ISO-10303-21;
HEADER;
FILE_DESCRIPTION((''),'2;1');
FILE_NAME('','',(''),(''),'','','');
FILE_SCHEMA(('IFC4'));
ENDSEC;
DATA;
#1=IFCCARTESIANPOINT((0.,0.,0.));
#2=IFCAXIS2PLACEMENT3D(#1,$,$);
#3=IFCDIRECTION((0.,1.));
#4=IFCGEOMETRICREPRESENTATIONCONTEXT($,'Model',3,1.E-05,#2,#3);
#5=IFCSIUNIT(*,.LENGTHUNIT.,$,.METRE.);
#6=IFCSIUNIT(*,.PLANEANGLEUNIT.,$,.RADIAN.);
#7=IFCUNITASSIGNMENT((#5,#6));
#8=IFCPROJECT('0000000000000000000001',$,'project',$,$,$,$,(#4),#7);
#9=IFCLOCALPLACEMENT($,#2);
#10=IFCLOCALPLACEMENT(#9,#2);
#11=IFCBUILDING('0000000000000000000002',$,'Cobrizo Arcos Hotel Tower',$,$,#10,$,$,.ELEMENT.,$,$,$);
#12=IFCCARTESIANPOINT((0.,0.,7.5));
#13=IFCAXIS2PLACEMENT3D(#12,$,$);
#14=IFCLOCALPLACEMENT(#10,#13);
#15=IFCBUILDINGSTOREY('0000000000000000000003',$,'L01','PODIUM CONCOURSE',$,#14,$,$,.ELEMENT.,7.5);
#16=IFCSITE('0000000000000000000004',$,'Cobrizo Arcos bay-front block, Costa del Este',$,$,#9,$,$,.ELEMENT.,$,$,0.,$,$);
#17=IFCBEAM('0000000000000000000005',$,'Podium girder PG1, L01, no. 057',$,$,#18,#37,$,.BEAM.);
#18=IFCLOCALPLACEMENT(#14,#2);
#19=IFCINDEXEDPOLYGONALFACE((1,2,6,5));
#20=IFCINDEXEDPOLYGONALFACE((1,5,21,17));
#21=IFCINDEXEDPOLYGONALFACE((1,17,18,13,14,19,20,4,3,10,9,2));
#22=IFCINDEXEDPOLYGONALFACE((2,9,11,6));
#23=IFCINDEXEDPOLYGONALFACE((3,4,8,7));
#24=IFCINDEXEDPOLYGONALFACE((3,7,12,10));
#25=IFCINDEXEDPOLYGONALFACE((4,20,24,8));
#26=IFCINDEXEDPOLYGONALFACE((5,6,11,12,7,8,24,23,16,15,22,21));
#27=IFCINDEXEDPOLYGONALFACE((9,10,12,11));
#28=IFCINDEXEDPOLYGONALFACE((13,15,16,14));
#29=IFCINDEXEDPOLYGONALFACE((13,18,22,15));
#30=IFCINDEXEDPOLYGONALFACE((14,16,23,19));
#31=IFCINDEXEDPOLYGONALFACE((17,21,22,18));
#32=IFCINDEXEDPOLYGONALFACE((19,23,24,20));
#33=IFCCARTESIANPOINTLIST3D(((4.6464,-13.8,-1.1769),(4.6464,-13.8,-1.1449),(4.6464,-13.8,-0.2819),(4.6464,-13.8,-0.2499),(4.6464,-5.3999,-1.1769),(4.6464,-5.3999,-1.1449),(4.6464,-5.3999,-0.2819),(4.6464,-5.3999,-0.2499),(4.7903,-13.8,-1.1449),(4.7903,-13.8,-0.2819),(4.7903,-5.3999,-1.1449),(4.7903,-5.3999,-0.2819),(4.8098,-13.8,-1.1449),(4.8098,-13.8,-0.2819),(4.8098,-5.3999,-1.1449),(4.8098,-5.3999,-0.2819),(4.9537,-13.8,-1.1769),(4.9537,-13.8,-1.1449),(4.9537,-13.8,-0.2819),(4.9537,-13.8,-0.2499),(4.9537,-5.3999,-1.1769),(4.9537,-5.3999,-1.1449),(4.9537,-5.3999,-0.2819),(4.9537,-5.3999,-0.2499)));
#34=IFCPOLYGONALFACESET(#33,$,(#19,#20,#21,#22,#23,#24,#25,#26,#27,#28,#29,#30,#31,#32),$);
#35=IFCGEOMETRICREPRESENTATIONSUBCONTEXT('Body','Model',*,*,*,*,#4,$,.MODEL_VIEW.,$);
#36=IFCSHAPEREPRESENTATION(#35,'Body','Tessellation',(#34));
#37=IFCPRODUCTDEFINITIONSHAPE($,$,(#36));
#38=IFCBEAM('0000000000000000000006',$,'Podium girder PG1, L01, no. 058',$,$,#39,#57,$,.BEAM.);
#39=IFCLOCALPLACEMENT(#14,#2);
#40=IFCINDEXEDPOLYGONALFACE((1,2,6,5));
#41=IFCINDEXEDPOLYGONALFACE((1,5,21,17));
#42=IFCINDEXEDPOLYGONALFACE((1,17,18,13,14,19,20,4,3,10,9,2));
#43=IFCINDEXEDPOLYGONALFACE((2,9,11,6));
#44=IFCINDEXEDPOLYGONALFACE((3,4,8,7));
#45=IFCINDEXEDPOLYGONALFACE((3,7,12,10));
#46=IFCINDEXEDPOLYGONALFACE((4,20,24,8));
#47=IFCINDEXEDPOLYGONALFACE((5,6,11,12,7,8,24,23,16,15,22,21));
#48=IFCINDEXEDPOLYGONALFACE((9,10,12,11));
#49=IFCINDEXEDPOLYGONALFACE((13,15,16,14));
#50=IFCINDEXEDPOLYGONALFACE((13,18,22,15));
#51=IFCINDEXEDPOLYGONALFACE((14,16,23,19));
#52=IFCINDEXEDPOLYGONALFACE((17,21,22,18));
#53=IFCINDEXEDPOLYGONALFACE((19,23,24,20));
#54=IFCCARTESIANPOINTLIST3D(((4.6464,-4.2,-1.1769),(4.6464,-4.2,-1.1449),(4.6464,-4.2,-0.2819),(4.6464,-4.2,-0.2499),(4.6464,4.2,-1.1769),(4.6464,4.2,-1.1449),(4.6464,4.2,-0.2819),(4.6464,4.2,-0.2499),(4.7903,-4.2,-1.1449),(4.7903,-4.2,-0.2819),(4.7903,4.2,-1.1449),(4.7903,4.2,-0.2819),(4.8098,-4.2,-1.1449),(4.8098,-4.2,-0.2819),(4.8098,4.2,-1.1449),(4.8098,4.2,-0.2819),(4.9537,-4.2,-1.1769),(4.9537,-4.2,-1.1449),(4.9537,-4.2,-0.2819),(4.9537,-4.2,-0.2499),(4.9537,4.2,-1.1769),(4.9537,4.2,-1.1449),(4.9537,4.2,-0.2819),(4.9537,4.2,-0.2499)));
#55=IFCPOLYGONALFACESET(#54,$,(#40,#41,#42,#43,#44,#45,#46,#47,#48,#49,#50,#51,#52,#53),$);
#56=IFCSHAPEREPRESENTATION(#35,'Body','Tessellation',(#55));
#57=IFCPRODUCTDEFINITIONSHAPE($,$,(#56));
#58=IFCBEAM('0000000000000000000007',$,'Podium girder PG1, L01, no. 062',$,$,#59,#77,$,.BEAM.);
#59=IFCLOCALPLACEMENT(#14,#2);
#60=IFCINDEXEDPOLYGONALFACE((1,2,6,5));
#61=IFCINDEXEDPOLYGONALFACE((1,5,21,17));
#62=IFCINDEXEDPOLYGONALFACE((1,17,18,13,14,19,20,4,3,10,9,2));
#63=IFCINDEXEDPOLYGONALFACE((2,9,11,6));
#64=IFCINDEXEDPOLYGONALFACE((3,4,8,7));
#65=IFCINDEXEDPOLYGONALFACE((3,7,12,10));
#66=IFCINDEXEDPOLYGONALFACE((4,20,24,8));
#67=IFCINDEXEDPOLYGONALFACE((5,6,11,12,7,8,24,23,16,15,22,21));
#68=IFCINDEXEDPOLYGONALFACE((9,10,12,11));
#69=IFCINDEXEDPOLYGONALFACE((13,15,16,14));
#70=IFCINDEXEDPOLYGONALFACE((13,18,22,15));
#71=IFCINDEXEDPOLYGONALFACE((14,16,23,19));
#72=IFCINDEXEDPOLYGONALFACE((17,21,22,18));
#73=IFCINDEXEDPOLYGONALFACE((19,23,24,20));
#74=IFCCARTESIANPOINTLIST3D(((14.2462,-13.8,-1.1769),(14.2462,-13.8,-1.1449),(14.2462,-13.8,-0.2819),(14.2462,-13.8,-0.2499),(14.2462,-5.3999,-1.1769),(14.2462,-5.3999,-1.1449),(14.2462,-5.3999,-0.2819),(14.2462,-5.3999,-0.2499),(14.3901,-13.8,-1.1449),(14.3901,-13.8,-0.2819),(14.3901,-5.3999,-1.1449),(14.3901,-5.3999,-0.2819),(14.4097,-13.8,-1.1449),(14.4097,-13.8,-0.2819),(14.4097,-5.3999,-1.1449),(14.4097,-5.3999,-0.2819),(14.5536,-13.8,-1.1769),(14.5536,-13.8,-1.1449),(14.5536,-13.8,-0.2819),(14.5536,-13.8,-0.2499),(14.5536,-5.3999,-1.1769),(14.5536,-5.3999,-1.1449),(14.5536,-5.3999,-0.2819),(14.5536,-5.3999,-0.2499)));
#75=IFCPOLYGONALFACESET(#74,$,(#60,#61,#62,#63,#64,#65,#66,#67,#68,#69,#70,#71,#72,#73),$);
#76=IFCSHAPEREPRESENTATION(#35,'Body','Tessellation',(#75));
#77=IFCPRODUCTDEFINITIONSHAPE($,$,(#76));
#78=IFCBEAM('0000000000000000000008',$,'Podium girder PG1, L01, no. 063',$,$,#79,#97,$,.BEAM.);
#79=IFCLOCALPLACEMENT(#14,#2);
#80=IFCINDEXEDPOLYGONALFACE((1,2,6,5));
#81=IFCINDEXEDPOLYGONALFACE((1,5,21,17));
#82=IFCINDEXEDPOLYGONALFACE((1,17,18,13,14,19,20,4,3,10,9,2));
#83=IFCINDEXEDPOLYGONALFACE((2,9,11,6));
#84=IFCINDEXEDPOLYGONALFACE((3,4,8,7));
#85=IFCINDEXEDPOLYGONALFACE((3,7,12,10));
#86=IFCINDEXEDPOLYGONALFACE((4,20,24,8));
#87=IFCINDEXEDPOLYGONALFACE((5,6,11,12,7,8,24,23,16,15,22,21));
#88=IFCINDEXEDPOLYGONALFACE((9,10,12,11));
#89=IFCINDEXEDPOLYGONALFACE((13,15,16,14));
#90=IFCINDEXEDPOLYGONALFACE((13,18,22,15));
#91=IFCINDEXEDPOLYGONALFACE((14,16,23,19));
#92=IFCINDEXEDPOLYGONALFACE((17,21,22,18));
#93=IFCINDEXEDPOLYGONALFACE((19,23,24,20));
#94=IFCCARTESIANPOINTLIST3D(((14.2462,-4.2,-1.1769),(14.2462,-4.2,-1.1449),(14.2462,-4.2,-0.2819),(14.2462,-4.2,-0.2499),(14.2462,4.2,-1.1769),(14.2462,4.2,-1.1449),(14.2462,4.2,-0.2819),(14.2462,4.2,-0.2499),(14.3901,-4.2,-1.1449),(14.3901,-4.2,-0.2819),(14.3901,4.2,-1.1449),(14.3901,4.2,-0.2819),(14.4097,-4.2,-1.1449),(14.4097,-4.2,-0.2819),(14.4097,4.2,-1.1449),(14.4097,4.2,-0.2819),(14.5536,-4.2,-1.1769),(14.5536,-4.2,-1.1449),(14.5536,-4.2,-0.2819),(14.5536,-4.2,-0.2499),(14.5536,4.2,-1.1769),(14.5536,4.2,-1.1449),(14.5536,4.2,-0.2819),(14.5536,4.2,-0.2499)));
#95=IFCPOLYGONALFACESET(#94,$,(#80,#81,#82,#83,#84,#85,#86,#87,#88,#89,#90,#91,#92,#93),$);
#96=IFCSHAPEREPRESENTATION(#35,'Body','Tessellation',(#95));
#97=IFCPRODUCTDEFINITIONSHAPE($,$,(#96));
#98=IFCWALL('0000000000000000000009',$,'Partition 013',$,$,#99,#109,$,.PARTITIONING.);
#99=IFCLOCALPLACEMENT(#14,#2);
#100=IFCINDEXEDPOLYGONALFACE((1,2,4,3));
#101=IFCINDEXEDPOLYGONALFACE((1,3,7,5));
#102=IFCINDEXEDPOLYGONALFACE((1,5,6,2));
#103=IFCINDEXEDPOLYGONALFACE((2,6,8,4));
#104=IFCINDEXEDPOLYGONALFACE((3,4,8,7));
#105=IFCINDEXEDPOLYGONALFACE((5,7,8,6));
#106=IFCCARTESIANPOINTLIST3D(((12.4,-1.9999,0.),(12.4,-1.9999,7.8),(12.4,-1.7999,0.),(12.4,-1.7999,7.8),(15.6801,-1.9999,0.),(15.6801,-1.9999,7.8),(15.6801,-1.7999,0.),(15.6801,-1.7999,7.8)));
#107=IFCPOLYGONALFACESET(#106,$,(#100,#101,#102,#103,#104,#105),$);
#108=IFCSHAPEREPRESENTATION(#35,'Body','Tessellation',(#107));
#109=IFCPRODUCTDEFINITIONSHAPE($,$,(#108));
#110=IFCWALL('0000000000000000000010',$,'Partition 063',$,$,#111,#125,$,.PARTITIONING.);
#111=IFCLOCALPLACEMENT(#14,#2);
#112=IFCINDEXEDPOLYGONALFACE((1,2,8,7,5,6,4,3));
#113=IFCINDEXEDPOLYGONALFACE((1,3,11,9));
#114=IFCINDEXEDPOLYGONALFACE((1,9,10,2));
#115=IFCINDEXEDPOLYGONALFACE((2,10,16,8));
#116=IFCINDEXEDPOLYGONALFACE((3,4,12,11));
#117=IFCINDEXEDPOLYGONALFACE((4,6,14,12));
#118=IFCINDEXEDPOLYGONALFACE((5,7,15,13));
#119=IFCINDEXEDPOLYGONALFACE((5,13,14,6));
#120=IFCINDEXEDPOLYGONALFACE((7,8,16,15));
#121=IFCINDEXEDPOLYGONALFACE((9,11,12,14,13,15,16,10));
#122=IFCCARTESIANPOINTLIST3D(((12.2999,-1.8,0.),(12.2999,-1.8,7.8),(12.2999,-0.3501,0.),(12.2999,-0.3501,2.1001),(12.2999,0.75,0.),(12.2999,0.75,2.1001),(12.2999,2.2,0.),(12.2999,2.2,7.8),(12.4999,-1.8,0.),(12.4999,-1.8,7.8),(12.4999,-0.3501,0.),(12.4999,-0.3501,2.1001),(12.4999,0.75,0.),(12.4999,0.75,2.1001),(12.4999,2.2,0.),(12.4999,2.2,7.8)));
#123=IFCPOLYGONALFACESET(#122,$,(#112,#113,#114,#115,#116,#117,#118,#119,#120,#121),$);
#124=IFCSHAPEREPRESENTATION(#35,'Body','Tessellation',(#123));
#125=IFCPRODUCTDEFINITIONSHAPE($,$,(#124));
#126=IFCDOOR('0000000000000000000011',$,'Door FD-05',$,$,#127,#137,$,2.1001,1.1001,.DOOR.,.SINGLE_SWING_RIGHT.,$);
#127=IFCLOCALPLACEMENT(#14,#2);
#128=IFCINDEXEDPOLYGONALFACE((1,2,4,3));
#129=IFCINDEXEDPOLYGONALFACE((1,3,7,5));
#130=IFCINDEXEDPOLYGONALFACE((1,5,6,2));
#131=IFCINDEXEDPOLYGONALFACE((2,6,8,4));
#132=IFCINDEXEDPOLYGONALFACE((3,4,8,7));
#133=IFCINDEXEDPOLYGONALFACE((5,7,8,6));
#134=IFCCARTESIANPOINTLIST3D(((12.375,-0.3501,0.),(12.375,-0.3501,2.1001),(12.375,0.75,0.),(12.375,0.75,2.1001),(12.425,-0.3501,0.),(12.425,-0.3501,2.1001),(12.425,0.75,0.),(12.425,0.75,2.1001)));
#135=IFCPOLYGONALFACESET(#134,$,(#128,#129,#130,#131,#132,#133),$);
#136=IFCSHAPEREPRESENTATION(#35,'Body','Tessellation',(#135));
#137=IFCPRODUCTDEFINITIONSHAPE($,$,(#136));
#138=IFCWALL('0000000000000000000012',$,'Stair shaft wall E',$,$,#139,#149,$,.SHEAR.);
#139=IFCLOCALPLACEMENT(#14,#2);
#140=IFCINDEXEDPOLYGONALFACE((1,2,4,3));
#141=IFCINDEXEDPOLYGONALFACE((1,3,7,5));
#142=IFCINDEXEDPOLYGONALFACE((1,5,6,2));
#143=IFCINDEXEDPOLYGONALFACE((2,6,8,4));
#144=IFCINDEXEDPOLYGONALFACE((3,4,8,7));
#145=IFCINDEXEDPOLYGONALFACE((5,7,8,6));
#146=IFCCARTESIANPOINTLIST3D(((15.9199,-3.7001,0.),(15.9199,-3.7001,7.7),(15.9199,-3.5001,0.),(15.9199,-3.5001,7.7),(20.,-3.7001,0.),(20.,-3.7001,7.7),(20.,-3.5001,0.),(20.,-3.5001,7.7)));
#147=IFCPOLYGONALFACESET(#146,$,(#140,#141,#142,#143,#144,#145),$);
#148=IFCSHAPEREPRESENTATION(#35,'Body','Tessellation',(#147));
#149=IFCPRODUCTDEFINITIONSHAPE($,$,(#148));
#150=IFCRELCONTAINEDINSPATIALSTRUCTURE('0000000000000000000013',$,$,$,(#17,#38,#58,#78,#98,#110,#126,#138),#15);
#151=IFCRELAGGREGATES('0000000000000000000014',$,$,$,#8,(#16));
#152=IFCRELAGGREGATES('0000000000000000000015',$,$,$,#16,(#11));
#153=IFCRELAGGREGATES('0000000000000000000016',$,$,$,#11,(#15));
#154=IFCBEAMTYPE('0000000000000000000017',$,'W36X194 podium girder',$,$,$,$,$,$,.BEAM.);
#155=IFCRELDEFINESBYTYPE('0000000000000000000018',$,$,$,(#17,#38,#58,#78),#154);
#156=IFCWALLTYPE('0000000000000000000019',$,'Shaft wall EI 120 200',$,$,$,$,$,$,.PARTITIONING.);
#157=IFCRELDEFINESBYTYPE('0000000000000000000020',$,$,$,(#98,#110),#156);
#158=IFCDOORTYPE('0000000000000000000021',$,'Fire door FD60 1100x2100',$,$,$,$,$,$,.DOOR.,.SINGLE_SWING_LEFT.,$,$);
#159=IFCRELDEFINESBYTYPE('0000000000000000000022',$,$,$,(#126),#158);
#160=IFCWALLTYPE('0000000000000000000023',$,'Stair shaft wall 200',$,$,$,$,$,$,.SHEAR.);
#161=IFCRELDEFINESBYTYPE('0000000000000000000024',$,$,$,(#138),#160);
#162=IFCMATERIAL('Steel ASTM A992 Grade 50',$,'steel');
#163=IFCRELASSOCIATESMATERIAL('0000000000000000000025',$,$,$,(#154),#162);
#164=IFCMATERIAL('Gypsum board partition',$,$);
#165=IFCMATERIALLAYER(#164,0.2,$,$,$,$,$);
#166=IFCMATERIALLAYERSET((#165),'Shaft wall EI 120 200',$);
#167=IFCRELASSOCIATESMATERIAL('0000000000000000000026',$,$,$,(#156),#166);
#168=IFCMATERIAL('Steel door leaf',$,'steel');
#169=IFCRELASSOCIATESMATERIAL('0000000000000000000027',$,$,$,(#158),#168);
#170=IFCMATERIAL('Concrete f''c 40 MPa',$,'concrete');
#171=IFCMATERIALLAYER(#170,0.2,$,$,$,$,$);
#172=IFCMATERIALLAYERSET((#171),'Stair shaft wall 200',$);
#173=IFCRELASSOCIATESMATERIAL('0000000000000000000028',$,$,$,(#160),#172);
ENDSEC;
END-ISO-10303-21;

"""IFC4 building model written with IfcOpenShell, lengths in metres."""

from ifc_helpers import new_model, si_unit, direction, frame, frame_2d, origin, origin_2d, place, context, subcontext, project, spatial, rectangle, i_section, extrude, material, layer, layer_set, material_profile, profile_set, type_object, element, fill, save


model = new_model("IFC4")

# Units and contexts
model_context = context("Model", 3, precision=1e-05, world=origin(), true_north=direction((0.0, 1.0)))
body_context = subcontext(model_context, "Body", "Model", "MODEL_VIEW")
ifc_project = project(units=[si_unit("LENGTHUNIT", "METRE"), si_unit("PLANEANGLEUNIT", "RADIAN")], contexts=[model_context])

# Site, building, storey
site_placement = place(None, origin())
site = spatial("IfcSite", under=ifc_project, at=site_placement, Name="Cobrizo Arcos bay-front block, Costa del Este", CompositionType="ELEMENT", RefElevation=0.0)
building_placement = place(site_placement, origin())
building = spatial("IfcBuilding", under=site, at=building_placement, Name="Cobrizo Arcos Hotel Tower", CompositionType="ELEMENT")
storey_placement = place(building_placement, frame((0.0, 0.0, 7.5)))
storey = spatial("IfcBuildingStorey", under=building, at=storey_placement, Name="L01", Description="PODIUM CONCOURSE", CompositionType="ELEMENT", Elevation=7.5)

# Beams
ifc_material_1 = material(Name="Steel ASTM A992 Grade 50", Category="steel")
ifc_material_profile_1 = material_profile(ifc_material_1, i_section(OverallWidth=0.3074, OverallDepth=0.927, WebThickness=0.0195, FlangeThickness=0.032, at=origin_2d()), Name="W36X194")
ifc_profile_set_1 = profile_set([ifc_material_profile_1], Name="Steel ASTM A992 Grade 50")
beam_type_1 = type_object("IfcBeamType", Name="W36X194 podium girder", PredefinedType="BEAM", material=ifc_profile_set_1)
beam_1_placement = place(storey_placement, frame((4.8, -13.8, -0.7134), z_axis=(0.0, 1.0, 0.0), x_axis=(-1.0, 0.0, 0.0)))
element("IfcBeam", 1, at=beam_1_placement, inside=storey, type_object=beam_type_1, Name="Podium girder PG1, L01, no. 057", PredefinedType="BEAM", context=body_context, shape_type="SweptSolid", body=[
    extrude(i_section(OverallWidth=0.3074, OverallDepth=0.927, WebThickness=0.0195, FlangeThickness=0.032, at=origin_2d()), origin(), (0.0, 0.0, 1.0), 8.4001),
])
beam_2_placement = place(storey_placement, frame((4.8, -4.2, -0.7134), z_axis=(0.0, 1.0, 0.0), x_axis=(-1.0, 0.0, 0.0)))
element("IfcBeam", 2, at=beam_2_placement, inside=storey, type_object=beam_type_1, Name="Podium girder PG1, L01, no. 058", PredefinedType="BEAM", context=body_context, shape_type="SweptSolid", body=[
    extrude(i_section(OverallWidth=0.3074, OverallDepth=0.927, WebThickness=0.0195, FlangeThickness=0.032, at=origin_2d()), origin(), (0.0, 0.0, 1.0), 8.3999),
])
beam_3_placement = place(storey_placement, frame((14.3999, -13.8, -0.7134), z_axis=(0.0, 1.0, 0.0), x_axis=(-1.0, 0.0, 0.0)))
element("IfcBeam", 3, at=beam_3_placement, inside=storey, type_object=beam_type_1, Name="Podium girder PG1, L01, no. 062", PredefinedType="BEAM", context=body_context, shape_type="SweptSolid", body=[
    extrude(i_section(OverallWidth=0.3074, OverallDepth=0.927, WebThickness=0.0195, FlangeThickness=0.032, at=origin_2d()), origin(), (0.0, 0.0, 1.0), 8.4001),
])
beam_4_placement = place(storey_placement, frame((14.3999, -4.2, -0.7134), z_axis=(0.0, 1.0, 0.0), x_axis=(-1.0, 0.0, 0.0)))
element("IfcBeam", 4, at=beam_4_placement, inside=storey, type_object=beam_type_1, Name="Podium girder PG1, L01, no. 063", PredefinedType="BEAM", context=body_context, shape_type="SweptSolid", body=[
    extrude(i_section(OverallWidth=0.3074, OverallDepth=0.927, WebThickness=0.0195, FlangeThickness=0.032, at=origin_2d()), origin(), (0.0, 0.0, 1.0), 8.3999),
])

# Wall
ifc_material_2 = material(Name="Gypsum board partition")
ifc_layer_1 = layer(ifc_material_2, 0.2)
ifc_layer_set_1 = layer_set([ifc_layer_1], Name="Shaft wall EI 120 200")
wall_type_1 = type_object("IfcWallType", Name="Shaft wall EI 120 200", PredefinedType="PARTITIONING", material=ifc_layer_set_1)
wall_1_placement = place(storey_placement, frame((12.3999, -1.8999, 0.0), z_axis=(0.0, 0.0, 1.0), x_axis=(1.0, 0.0, 0.0)))
element("IfcWall", 5, at=wall_1_placement, inside=storey, type_object=wall_type_1, Name="Partition 013", PredefinedType="PARTITIONING", context=body_context, shape_type="SweptSolid", body=[
    extrude(rectangle(XDim=3.28, YDim=0.2, at=frame_2d((1.6401, 0.0))), origin(), (0.0, 0.0, 1.0), 7.8),
])

# Wall, opening, door
wall_2_placement = place(storey_placement, frame((12.3999, -1.8, 0.0), z_axis=(0.0, 0.0, 1.0), x_axis=(0.0, 1.0, 0.0)))
wall_2 = element("IfcWall", 6, at=wall_2_placement, inside=storey, type_object=wall_type_1, Name="Partition 063", PredefinedType="PARTITIONING", context=body_context, shape_type="SweptSolid", body=[
    extrude(rectangle(XDim=4.0, YDim=0.2, at=frame_2d((2.0, 0.0))), origin(), (0.0, 0.0, 1.0), 7.8),
])
opening_placement = place(wall_2_placement, frame((1.45, 0.0, 0.0)))
opening = element("IfcOpeningElement", 7, at=opening_placement, cuts=wall_2, PredefinedType="OPENING", context=body_context, shape_type="SweptSolid", body=[
    extrude(rectangle(XDim=1.1001, YDim=2.1001, at=frame_2d((0.55, 1.05))), frame((0.0, 0.1121, 0.0), z_axis=(0.0, -1.0, 0.0), x_axis=(1.0, 0.0, 0.0)), (0.0, 0.0, 1.0), 0.2239),
])
ifc_material_3 = material(Name="Steel door leaf", Category="steel")
door_type = type_object("IfcDoorType", Name="Fire door FD60 1100x2100", OperationType="SINGLE_SWING_LEFT", PredefinedType="DOOR", material=ifc_material_3)
door_placement = place(opening_placement, origin())
door = element("IfcDoor", 8, at=door_placement, inside=storey, type_object=door_type, Name="Door FD-05", OperationType="SINGLE_SWING_RIGHT", OverallHeight=2.1001, OverallWidth=1.1001, PredefinedType="DOOR", context=body_context, shape_type="SweptSolid", body=[
    extrude(rectangle(XDim=1.1001, YDim=2.1001, at=frame_2d((0.55, 1.05))), frame((0.0, 0.0249, 0.0), z_axis=(0.0, -1.0, 0.0), x_axis=(1.0, 0.0, 0.0)), (0.0, 0.0, 1.0), 0.05),
])
fill(opening, door)

# Wall
ifc_material_4 = material(Name="Concrete f'c 40 MPa", Category="concrete")
ifc_layer_2 = layer(ifc_material_4, 0.2)
ifc_layer_set_2 = layer_set([ifc_layer_2], Name="Stair shaft wall 200")
wall_type_2 = type_object("IfcWallType", Name="Stair shaft wall 200", PredefinedType="SHEAR", material=ifc_layer_set_2)
wall_3_placement = place(storey_placement, frame((15.9199, -3.6001, 0.0), z_axis=(0.0, 0.0, 1.0), x_axis=(1.0, 0.0, 0.0)))
element("IfcWall", 9, at=wall_3_placement, inside=storey, type_object=wall_type_2, Name="Stair shaft wall E", PredefinedType="SHEAR", context=body_context, shape_type="SweptSolid", body=[
    extrude(rectangle(XDim=4.0801, YDim=0.2, at=frame_2d((2.04, 0.0))), origin(), (0.0, 0.0, 1.0), 7.7),
])

save(model, "model.ifc")
